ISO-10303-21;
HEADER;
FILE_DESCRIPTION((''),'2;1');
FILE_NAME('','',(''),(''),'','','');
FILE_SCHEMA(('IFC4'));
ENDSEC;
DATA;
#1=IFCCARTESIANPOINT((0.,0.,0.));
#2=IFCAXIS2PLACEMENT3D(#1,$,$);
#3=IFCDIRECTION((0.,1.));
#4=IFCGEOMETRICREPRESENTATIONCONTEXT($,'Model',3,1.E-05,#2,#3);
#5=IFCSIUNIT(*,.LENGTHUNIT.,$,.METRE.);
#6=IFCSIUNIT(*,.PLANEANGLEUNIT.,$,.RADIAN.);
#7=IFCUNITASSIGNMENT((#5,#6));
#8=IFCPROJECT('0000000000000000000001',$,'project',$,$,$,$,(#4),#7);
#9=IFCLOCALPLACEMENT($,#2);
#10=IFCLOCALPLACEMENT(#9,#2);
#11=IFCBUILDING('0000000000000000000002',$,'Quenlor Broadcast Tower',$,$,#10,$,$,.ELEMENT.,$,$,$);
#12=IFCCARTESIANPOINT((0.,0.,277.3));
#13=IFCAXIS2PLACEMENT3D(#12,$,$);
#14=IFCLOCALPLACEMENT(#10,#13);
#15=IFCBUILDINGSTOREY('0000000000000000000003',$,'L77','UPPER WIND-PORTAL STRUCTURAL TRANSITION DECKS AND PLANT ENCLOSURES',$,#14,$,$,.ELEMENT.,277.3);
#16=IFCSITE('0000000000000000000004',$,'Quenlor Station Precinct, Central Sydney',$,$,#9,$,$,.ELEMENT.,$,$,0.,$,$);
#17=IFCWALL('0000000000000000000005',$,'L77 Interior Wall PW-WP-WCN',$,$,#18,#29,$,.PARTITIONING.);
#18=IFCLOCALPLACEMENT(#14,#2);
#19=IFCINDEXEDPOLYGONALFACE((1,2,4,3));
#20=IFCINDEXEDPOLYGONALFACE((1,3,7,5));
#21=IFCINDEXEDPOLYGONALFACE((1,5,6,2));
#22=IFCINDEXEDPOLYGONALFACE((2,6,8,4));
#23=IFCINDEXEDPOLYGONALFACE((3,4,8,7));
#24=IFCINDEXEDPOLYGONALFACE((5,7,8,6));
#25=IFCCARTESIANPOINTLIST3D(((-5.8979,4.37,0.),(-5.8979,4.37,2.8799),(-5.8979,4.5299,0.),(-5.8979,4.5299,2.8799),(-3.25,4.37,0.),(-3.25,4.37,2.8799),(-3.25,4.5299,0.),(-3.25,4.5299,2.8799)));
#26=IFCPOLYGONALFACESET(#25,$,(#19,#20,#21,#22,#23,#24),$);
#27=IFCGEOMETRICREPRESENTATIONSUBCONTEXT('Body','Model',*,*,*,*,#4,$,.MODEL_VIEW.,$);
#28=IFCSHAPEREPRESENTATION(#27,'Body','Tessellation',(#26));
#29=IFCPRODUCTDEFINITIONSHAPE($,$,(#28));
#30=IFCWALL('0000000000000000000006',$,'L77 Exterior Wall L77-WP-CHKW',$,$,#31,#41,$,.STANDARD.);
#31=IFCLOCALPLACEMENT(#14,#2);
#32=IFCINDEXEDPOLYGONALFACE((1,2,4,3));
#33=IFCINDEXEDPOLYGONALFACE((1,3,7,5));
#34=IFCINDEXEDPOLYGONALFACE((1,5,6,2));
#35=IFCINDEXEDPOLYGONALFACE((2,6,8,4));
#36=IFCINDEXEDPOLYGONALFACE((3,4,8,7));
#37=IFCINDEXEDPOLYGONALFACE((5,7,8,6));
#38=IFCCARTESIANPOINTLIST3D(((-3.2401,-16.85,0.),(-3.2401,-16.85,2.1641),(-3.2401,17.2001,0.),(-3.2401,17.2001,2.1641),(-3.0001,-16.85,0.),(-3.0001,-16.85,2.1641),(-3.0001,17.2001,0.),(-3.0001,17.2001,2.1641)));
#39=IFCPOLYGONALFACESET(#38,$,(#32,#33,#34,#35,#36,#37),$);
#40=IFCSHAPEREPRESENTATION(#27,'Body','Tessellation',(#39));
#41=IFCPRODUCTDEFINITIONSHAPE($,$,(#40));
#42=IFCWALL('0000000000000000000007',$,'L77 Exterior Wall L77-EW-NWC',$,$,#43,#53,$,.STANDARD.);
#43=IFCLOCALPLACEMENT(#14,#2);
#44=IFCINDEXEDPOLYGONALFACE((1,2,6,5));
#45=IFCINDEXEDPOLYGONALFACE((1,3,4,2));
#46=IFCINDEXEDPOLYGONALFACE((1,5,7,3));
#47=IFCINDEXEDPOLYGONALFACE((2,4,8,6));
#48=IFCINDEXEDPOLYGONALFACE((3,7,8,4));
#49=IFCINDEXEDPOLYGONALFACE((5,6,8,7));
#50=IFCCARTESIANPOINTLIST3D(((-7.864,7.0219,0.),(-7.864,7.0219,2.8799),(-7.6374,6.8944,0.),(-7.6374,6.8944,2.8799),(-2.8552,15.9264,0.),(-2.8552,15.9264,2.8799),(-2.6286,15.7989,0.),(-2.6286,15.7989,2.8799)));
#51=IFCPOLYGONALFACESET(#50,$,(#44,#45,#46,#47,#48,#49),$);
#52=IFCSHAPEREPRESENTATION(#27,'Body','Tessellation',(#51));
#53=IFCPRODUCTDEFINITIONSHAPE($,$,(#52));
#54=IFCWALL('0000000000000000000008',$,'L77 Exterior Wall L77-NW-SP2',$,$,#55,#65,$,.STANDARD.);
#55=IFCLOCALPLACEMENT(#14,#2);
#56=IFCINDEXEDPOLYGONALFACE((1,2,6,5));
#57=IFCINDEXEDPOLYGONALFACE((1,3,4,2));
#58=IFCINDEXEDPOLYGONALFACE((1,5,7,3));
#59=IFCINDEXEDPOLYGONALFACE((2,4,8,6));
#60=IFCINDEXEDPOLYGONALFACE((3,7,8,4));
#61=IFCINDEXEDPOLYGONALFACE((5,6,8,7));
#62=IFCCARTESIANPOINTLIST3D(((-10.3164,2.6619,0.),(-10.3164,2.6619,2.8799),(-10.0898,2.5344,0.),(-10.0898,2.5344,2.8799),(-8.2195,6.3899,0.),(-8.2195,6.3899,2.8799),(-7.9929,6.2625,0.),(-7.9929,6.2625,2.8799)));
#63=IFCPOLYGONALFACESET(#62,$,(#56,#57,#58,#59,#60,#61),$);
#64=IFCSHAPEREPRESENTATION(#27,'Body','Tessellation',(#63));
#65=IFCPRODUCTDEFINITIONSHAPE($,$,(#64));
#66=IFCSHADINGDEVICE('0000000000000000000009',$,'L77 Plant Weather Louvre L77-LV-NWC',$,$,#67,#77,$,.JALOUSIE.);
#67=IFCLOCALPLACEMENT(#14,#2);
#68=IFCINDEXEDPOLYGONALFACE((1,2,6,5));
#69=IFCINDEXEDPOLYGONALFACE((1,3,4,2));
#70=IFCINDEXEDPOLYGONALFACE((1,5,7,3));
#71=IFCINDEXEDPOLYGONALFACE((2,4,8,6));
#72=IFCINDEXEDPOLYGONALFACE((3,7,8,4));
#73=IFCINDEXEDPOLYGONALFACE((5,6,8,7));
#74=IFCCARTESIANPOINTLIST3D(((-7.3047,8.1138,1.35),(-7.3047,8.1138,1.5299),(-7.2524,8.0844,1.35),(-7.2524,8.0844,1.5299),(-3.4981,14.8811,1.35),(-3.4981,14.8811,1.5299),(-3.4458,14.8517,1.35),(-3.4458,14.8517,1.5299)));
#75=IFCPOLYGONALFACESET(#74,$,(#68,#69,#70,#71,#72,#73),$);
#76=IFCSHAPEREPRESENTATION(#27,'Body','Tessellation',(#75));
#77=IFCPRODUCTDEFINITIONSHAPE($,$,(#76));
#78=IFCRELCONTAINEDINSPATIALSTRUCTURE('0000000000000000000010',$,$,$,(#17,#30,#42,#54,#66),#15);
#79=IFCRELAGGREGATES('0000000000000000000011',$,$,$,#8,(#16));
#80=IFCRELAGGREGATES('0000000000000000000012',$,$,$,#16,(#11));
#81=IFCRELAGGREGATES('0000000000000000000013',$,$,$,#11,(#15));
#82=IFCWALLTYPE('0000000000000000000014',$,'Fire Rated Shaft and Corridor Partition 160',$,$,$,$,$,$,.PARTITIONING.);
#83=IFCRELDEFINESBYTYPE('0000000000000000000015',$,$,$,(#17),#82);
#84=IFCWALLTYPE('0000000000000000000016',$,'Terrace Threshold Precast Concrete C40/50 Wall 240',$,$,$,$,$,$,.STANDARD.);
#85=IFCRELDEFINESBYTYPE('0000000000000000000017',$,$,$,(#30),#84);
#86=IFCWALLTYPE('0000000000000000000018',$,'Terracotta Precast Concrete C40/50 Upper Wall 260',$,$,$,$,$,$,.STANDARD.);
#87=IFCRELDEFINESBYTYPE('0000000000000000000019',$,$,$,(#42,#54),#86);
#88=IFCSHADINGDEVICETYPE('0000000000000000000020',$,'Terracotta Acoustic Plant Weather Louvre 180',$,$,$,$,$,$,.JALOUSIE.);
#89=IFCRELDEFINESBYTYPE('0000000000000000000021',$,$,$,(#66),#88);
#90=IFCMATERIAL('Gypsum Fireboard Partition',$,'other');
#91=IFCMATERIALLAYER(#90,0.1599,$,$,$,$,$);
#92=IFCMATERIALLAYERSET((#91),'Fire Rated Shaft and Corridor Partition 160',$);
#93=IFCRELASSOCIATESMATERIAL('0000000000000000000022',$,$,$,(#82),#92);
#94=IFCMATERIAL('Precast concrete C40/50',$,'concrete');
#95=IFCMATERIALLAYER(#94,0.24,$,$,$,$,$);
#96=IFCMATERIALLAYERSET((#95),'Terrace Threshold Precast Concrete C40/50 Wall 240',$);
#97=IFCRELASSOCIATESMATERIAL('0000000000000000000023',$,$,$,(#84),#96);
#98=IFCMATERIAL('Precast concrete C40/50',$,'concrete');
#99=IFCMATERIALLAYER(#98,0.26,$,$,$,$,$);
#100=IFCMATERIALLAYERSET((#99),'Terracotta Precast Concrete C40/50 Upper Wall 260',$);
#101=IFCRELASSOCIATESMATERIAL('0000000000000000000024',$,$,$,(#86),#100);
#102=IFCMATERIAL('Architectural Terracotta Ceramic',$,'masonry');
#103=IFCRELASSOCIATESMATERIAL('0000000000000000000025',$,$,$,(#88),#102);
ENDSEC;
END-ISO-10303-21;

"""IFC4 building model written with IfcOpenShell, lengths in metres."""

from ifc_helpers import new_model, si_unit, direction, frame, frame_2d, origin, origin_2d, place, context, subcontext, project, spatial, rectangle, extrude, material, layer, layer_set, material_profile, profile_set, type_object, element, save


model = new_model("IFC4")

# Units and contexts
model_context = context("Model", 3, precision=1e-05, world=origin(), true_north=direction((0.0, 1.0)))
body_context = subcontext(model_context, "Body", "Model", "MODEL_VIEW")
ifc_project = project(units=[si_unit("LENGTHUNIT", "METRE"), si_unit("PLANEANGLEUNIT", "RADIAN")], contexts=[model_context])

# Site, building, storey
site_placement = place(None, origin())
site = spatial("IfcSite", under=ifc_project, at=site_placement, Name="Quenlor Station Precinct, Central Sydney", CompositionType="ELEMENT", RefElevation=0.0)
building_placement = place(site_placement, origin())
building = spatial("IfcBuilding", under=site, at=building_placement, Name="Quenlor Broadcast Tower", CompositionType="ELEMENT")
storey_placement = place(building_placement, frame((0.0, 0.0, 277.3)))
storey = spatial("IfcBuildingStorey", under=building, at=storey_placement, Name="L77", Description="UPPER WIND-PORTAL STRUCTURAL TRANSITION DECKS AND PLANT ENCLOSURES", CompositionType="ELEMENT", Elevation=277.3)

# Walls
ifc_material_1 = material(Name="Gypsum Fireboard Partition", Category="other")
ifc_layer_1 = layer(ifc_material_1, 0.1599)
ifc_layer_set_1 = layer_set([ifc_layer_1], Name="Fire Rated Shaft and Corridor Partition 160")
wall_type_1 = type_object("IfcWallType", Name="Fire Rated Shaft and Corridor Partition 160", PredefinedType="PARTITIONING", material=ifc_layer_set_1)
wall_1_placement = place(storey_placement, frame((-5.8979, 4.45, 0.0), z_axis=(0.0, 0.0, 1.0), x_axis=(1.0, 0.0, 0.0)))
element("IfcWall", 1, at=wall_1_placement, inside=storey, type_object=wall_type_1, Name="L77 Interior Wall PW-WP-WCN", PredefinedType="PARTITIONING", context=body_context, shape_type="SweptSolid", body=[
    extrude(rectangle(XDim=2.6479, YDim=0.1599, at=frame_2d((1.324, 0.0))), origin(), (0.0, 0.0, 1.0), 2.8799),
])
ifc_material_2 = material(Name="Precast concrete C40/50", Category="concrete")
ifc_layer_2 = layer(ifc_material_2, 0.24)
ifc_layer_set_2 = layer_set([ifc_layer_2], Name="Terrace Threshold Precast Concrete C40/50 Wall 240")
wall_type_2 = type_object("IfcWallType", Name="Terrace Threshold Precast Concrete C40/50 Wall 240", PredefinedType="STANDARD", material=ifc_layer_set_2)
wall_2_placement = place(storey_placement, frame((-3.1201, 17.2, 0.0), z_axis=(0.0, 0.0, 1.0), x_axis=(0.0, -1.0, 0.0)))
element("IfcWall", 2, at=wall_2_placement, inside=storey, type_object=wall_type_2, Name="L77 Exterior Wall L77-WP-CHKW", PredefinedType="STANDARD", context=body_context, shape_type="SweptSolid", body=[
    extrude(rectangle(XDim=34.05, YDim=0.24, at=frame_2d((17.0249, 0.0))), origin(), (0.0, 0.0, 1.0), 2.1641),
])
ifc_material_3 = material(Name="Precast concrete C40/50", Category="concrete")
ifc_layer_3 = layer(ifc_material_3, 0.26)
ifc_layer_set_3 = layer_set([ifc_layer_3], Name="Terracotta Precast Concrete C40/50 Upper Wall 260")
wall_type_3 = type_object("IfcWallType", Name="Terracotta Precast Concrete C40/50 Upper Wall 260", PredefinedType="STANDARD", material=ifc_layer_set_3)
wall_3_placement = place(storey_placement, frame((-7.7507, 6.958, 0.0), z_axis=(0.0, 0.0, 1.0), x_axis=(0.49026, 0.871576, 0.0)))
element("IfcWall", 3, at=wall_3_placement, inside=storey, type_object=wall_type_3, Name="L77 Exterior Wall L77-EW-NWC", PredefinedType="STANDARD", context=body_context, shape_type="SweptSolid", body=[
    extrude(rectangle(XDim=10.2166, YDim=0.26, at=frame_2d((5.1084, 0.0))), origin(), (0.0, 0.0, 1.0), 2.8799),
])
wall_4_placement = place(storey_placement, frame((-10.2031, 2.5981, 0.0), z_axis=(0.0, 0.0, 1.0), x_axis=(0.490245, 0.871585, 0.0)))
element("IfcWall", 4, at=wall_4_placement, inside=storey, type_object=wall_type_3, Name="L77 Exterior Wall L77-NW-SP2", PredefinedType="STANDARD", context=body_context, shape_type="SweptSolid", body=[
    extrude(rectangle(XDim=4.2773, YDim=0.26, at=frame_2d((2.1387, 0.0))), origin(), (0.0, 0.0, 1.0), 2.8799),
])

# Shading device
ifc_material_4 = material(Name="Architectural Terracotta Ceramic", Category="masonry")
ifc_material_profile_1 = material_profile(ifc_material_4, rectangle(XDim=0.0601, YDim=0.1799, at=origin_2d()))
ifc_profile_set_1 = profile_set([ifc_material_profile_1], Name="Architectural Terracotta Ceramic LVR60x180")
shading_device_type = type_object("IfcShadingDeviceType", Name="Terracotta Acoustic Plant Weather Louvre 180", PredefinedType="JALOUSIE", material=ifc_profile_set_1)
shading_device_placement = place(storey_placement, frame((-7.2786, 8.0991, 1.4399), z_axis=(0.490263, 0.871575, 0.0), x_axis=(-0.871575, 0.490263, 0.0)))
element("IfcShadingDevice", 5, at=shading_device_placement, inside=storey, type_object=shading_device_type, Name="L77 Plant Weather Louvre L77-LV-NWC", PredefinedType="JALOUSIE", context=body_context, shape_type="SweptSolid", body=[
    extrude(rectangle(XDim=0.0601, YDim=0.1799, at=origin_2d()), origin(), (0.0, 0.0, 1.0), 7.7644),
])

save(model, "model.ifc")
